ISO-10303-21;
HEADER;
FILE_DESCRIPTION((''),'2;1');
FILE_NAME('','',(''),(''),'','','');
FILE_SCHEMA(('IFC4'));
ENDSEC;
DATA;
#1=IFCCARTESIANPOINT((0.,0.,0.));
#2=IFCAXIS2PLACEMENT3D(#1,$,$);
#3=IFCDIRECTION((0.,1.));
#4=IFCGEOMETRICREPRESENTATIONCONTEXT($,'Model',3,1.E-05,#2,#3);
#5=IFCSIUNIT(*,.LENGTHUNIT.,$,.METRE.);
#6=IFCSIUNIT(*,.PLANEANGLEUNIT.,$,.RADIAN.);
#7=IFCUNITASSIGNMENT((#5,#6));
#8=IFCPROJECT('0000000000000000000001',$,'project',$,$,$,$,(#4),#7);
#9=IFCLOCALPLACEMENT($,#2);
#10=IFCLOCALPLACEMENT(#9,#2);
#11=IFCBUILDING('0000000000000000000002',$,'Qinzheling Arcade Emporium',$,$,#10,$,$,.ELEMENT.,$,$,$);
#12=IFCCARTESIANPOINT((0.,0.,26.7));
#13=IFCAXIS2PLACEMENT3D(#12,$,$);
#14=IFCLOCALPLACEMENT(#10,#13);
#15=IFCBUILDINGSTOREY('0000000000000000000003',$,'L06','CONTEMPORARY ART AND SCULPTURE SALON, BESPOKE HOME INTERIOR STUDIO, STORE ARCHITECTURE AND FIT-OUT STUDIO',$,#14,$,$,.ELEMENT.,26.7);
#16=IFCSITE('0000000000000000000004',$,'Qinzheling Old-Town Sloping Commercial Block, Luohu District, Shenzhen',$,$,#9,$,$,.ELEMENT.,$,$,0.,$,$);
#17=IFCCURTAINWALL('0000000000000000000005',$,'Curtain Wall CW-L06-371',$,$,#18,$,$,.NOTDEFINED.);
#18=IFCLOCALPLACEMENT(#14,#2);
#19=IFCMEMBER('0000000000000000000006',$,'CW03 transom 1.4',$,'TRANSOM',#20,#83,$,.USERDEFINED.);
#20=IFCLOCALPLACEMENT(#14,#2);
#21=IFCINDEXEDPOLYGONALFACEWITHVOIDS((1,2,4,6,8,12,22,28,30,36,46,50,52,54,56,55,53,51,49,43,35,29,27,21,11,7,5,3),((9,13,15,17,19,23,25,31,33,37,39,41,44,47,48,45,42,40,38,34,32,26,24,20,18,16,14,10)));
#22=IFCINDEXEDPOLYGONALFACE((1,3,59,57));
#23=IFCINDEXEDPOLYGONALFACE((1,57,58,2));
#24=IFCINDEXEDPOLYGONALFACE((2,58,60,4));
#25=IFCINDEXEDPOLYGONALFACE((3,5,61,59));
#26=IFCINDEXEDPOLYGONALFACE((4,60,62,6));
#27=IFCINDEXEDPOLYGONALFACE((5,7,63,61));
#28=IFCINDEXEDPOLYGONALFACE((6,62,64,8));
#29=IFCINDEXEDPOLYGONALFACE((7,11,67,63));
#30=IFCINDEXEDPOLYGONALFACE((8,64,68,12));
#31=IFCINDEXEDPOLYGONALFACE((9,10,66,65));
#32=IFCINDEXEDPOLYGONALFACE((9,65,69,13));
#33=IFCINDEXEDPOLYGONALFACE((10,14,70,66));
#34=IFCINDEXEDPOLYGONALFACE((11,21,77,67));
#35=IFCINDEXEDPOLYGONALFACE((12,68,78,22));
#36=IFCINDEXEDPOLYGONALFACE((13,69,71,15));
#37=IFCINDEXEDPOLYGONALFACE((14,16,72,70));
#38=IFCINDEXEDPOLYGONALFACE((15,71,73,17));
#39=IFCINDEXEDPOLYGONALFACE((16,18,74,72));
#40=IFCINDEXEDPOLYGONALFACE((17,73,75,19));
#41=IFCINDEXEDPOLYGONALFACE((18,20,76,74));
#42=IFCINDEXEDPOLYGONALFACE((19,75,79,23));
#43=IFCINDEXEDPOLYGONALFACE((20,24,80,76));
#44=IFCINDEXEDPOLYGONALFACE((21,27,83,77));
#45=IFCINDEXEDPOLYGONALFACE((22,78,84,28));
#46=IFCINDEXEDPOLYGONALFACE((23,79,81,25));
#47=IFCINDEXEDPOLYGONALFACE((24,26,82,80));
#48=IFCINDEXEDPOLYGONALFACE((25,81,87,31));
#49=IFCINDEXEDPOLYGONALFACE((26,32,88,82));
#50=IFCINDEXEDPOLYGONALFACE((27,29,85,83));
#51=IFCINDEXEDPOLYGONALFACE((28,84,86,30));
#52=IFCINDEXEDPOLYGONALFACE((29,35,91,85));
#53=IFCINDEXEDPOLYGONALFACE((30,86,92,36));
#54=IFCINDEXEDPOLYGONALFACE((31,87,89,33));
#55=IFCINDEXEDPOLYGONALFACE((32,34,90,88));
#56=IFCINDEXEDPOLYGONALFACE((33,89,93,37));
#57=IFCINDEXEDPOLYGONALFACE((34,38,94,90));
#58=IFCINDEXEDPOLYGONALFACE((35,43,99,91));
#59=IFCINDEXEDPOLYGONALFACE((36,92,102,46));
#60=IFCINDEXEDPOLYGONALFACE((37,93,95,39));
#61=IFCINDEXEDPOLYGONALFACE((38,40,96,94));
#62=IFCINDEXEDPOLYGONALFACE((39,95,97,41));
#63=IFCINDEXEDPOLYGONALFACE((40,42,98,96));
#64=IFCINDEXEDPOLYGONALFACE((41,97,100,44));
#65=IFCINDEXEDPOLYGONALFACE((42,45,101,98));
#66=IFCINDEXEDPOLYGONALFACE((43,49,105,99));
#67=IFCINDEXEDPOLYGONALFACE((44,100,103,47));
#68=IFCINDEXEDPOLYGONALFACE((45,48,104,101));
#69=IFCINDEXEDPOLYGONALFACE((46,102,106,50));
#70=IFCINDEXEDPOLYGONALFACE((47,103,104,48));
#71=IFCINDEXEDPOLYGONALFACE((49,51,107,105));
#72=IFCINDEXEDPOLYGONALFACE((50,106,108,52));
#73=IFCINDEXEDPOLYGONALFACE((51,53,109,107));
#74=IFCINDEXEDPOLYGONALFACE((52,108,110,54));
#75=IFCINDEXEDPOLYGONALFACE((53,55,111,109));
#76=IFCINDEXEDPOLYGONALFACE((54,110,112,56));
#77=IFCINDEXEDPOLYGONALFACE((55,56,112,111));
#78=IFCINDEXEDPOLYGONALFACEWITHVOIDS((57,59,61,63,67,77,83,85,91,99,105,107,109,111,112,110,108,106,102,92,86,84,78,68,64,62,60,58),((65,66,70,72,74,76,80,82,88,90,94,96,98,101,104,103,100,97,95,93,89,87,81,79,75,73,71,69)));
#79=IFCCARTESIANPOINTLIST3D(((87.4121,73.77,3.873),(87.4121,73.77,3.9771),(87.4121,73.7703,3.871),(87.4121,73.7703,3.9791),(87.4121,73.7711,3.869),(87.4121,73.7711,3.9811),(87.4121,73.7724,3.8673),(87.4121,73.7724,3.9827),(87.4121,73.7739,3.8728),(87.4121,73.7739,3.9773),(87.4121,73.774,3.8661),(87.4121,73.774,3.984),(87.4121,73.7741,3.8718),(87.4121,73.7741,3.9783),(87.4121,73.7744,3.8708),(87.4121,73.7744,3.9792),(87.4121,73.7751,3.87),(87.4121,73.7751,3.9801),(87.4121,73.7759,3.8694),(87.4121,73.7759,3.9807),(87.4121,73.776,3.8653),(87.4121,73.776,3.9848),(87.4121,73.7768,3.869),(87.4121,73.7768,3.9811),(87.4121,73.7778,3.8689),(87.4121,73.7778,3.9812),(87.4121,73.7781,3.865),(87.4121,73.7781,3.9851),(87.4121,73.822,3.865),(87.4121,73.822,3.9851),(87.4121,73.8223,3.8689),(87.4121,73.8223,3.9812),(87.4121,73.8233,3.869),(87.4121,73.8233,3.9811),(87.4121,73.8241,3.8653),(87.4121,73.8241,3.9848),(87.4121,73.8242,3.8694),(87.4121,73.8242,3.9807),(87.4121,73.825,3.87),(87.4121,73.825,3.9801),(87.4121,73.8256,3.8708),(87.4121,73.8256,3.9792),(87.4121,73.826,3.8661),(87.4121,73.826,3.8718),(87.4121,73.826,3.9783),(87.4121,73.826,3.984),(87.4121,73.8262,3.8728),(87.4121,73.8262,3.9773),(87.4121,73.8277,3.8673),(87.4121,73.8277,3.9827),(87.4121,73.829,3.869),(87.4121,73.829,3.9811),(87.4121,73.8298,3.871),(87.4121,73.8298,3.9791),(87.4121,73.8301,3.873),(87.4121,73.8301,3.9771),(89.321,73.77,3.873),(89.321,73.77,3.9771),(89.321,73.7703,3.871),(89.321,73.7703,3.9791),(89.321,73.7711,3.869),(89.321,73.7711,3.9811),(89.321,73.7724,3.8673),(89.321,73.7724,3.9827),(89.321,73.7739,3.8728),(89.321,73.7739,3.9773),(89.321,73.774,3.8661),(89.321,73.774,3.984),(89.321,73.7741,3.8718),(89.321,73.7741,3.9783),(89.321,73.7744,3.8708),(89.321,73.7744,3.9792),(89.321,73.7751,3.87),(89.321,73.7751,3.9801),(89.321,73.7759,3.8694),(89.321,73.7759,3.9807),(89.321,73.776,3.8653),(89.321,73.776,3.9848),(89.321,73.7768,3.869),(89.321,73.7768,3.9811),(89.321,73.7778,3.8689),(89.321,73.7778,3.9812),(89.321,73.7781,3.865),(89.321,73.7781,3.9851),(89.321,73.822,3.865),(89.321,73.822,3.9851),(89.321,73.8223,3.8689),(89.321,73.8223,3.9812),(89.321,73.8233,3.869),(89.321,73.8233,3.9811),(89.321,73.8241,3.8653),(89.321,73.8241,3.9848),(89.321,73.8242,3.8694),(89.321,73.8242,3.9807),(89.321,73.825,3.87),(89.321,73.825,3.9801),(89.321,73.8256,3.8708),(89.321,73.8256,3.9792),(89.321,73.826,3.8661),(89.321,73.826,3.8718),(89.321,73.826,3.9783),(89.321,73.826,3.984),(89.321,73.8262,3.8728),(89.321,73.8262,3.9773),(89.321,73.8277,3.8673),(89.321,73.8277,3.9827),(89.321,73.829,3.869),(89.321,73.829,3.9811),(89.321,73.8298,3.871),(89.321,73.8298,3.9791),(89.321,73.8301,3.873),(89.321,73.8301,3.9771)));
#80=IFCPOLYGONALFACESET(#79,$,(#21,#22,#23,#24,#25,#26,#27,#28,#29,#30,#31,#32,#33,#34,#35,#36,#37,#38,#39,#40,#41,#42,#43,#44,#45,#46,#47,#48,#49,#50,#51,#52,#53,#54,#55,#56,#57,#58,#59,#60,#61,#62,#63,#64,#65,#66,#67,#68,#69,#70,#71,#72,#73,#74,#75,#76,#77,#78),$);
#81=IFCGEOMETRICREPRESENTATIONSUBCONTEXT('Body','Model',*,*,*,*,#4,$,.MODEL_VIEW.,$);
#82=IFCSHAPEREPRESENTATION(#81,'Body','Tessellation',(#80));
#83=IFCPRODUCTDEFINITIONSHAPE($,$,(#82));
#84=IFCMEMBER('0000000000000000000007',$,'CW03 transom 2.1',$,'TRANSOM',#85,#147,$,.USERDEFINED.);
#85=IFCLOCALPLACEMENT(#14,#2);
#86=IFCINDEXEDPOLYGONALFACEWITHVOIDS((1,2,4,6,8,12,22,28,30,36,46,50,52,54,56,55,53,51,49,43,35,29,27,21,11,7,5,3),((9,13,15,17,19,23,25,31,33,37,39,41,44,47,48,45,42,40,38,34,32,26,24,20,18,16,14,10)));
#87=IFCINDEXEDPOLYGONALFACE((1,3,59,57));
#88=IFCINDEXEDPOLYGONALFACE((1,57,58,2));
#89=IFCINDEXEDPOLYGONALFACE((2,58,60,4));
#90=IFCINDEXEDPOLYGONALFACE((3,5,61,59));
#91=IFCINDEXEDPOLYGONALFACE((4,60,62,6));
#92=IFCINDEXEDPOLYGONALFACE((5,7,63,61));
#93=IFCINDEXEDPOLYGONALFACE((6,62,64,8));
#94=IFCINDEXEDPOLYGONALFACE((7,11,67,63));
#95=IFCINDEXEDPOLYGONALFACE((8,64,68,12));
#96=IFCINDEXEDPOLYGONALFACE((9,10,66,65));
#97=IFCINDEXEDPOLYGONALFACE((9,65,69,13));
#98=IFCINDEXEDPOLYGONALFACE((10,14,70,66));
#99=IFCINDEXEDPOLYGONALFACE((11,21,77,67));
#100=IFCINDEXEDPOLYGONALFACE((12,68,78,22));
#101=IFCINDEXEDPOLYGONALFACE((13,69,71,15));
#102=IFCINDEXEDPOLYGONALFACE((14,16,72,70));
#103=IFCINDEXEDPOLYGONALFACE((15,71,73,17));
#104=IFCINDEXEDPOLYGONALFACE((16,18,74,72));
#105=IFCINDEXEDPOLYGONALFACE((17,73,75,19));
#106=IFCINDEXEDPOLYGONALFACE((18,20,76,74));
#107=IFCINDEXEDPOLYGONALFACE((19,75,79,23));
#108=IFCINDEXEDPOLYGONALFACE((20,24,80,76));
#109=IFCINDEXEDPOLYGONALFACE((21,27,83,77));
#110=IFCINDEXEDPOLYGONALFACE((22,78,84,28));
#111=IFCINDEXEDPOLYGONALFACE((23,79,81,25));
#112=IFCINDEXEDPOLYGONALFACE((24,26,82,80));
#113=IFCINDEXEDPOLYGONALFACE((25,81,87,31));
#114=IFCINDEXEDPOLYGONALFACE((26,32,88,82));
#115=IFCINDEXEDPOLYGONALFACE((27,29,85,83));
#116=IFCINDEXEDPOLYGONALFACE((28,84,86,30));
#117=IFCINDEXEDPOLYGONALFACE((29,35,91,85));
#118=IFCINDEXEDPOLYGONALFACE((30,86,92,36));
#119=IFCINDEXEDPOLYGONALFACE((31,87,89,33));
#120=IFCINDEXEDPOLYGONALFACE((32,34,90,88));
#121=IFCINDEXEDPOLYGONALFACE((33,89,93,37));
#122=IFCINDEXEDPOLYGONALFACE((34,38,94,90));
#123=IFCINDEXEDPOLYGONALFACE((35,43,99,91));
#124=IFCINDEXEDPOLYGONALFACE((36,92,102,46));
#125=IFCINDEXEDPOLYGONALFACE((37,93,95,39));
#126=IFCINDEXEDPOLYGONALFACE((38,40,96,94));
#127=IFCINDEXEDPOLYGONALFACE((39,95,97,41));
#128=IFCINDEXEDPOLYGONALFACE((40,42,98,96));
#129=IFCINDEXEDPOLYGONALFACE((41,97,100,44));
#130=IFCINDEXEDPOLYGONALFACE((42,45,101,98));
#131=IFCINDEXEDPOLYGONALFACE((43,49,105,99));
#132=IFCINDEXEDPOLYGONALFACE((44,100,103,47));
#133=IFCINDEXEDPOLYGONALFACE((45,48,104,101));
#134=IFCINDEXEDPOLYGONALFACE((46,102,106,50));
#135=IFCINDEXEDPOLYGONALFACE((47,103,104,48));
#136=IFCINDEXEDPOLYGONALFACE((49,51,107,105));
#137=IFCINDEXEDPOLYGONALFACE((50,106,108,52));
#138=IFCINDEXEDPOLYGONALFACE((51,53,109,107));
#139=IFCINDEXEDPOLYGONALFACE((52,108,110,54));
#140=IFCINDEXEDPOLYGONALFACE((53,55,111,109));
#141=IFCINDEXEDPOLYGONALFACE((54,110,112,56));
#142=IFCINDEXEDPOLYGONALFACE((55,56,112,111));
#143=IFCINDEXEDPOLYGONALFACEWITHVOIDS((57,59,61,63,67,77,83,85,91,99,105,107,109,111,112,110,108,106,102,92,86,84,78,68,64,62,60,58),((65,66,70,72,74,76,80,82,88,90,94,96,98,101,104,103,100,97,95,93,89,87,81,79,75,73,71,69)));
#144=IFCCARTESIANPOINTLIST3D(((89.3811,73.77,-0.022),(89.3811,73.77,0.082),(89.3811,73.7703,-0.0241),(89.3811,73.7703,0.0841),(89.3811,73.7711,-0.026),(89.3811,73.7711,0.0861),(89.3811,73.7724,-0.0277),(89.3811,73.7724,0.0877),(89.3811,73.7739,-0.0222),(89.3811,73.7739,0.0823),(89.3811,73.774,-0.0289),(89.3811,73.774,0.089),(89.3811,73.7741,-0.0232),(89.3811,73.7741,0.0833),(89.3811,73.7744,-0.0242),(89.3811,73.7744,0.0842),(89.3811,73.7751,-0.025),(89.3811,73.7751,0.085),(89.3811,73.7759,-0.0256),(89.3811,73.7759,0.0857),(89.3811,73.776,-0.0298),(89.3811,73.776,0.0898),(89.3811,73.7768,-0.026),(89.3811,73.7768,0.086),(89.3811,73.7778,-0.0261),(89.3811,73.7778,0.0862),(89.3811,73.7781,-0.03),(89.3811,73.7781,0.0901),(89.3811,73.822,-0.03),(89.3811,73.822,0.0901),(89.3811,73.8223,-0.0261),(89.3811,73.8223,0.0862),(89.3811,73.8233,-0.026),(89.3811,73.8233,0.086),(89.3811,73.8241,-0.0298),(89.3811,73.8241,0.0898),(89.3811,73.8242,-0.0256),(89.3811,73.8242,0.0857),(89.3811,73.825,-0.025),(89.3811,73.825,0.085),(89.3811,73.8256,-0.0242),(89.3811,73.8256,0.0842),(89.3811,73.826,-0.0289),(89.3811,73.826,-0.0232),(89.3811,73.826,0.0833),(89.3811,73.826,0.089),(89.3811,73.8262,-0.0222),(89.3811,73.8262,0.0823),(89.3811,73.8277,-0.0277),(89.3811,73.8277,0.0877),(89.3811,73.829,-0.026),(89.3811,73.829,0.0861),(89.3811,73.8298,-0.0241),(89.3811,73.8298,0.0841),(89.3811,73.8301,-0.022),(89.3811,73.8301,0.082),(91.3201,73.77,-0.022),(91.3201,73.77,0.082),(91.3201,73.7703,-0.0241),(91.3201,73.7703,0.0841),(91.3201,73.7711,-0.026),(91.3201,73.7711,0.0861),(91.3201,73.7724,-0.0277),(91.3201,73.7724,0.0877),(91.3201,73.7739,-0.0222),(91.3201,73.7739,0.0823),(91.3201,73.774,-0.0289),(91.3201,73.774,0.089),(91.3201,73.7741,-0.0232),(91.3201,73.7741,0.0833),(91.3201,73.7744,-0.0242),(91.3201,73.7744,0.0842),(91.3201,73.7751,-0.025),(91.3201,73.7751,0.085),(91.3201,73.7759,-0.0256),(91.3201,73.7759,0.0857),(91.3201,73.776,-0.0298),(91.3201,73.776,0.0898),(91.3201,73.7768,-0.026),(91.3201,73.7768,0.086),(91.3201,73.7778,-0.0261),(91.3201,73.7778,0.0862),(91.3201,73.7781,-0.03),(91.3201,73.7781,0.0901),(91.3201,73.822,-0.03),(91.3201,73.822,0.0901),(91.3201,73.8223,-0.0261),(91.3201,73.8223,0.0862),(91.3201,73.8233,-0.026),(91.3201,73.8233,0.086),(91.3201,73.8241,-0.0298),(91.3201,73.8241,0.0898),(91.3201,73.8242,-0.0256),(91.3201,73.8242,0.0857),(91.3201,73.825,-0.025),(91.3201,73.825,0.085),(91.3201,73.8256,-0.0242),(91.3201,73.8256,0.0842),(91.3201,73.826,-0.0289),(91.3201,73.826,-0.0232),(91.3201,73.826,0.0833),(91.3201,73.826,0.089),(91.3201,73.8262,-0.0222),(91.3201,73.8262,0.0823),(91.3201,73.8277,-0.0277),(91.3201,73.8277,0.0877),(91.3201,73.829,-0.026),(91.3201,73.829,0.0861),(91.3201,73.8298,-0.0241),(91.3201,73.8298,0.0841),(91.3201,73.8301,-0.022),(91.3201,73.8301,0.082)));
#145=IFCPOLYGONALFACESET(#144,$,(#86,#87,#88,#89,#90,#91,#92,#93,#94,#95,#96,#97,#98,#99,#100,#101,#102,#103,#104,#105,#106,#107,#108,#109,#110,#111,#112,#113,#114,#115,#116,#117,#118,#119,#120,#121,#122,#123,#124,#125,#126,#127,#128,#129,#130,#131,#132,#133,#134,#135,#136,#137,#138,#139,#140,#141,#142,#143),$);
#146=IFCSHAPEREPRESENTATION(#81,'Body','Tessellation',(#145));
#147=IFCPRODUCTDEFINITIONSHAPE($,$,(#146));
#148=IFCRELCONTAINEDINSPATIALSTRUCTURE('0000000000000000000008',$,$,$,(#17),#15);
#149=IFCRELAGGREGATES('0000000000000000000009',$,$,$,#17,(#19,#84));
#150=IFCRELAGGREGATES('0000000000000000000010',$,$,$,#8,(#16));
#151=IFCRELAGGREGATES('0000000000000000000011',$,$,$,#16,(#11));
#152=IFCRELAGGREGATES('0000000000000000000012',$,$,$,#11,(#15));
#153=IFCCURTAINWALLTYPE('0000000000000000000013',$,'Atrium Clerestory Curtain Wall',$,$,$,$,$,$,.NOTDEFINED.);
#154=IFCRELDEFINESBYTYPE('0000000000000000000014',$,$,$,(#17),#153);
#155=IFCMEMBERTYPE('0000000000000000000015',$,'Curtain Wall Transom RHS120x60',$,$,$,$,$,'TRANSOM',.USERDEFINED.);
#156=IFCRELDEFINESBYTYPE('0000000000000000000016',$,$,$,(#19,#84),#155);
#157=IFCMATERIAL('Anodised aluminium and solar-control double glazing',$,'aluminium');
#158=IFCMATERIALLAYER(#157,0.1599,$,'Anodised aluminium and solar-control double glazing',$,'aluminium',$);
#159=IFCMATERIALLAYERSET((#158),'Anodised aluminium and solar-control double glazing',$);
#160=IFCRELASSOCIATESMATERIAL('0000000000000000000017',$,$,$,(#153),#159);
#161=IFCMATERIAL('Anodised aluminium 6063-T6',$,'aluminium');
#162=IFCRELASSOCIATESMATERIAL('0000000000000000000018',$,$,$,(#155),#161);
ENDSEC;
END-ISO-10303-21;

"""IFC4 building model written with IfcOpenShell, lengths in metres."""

from ifc_helpers import new_model, si_unit, direction, frame, origin, origin_2d, place, context, subcontext, project, spatial, hollow_rectangle, extrude, material, layer, layer_set, material_profile, profile_set, type_object, element, aggregate, save


model = new_model("IFC4")

# Units and contexts
model_context = context("Model", 3, precision=1e-05, world=origin(), true_north=direction((0.0, 1.0)))
body_context = subcontext(model_context, "Body", "Model", "MODEL_VIEW")
ifc_project = project(units=[si_unit("LENGTHUNIT", "METRE"), si_unit("PLANEANGLEUNIT", "RADIAN")], contexts=[model_context])

# Site, building, storey
site_placement = place(None, origin())
site = spatial("IfcSite", under=ifc_project, at=site_placement, Name="Qinzheling Old-Town Sloping Commercial Block, Luohu District, Shenzhen", CompositionType="ELEMENT", RefElevation=0.0)
building_placement = place(site_placement, origin())
building = spatial("IfcBuilding", under=site, at=building_placement, Name="Qinzheling Arcade Emporium", CompositionType="ELEMENT")
storey_placement = place(building_placement, frame((0.0, 0.0, 26.7)))
storey = spatial("IfcBuildingStorey", under=building, at=storey_placement, Name="L06", Description="CONTEMPORARY ART AND SCULPTURE SALON, BESPOKE HOME INTERIOR STUDIO, STORE ARCHITECTURE AND FIT-OUT STUDIO", CompositionType="ELEMENT", Elevation=26.7)

# Shared definitions
ifc_material_1 = material(Name="Anodised aluminium and solar-control double glazing", Category="aluminium")
ifc_layer_1 = layer(ifc_material_1, 0.1599, Name="Anodised aluminium and solar-control double glazing", Category="aluminium")
ifc_layer_set_1 = layer_set([ifc_layer_1], Name="Anodised aluminium and solar-control double glazing")
curtain_wall_type = type_object("IfcCurtainWallType", Name="Atrium Clerestory Curtain Wall", PredefinedType="NOTDEFINED", material=ifc_layer_set_1)
ifc_material_2 = material(Name="Anodised aluminium 6063-T6", Category="aluminium")

# Curtain wall
curtain_wall_1_placement = place(storey_placement, origin())
curtain_wall_1 = element("IfcCurtainWall", 1, at=curtain_wall_1_placement, inside=storey, type_object=curtain_wall_type, Name="Curtain Wall CW-L06-371", PredefinedType="NOTDEFINED")

# Members
ifc_material_profile_1 = material_profile(ifc_material_2, hollow_rectangle(XDim=0.0601, YDim=0.1201, WallThickness=0.0039, InnerFilletRadius=0.0039, OuterFilletRadius=0.0081, at=origin_2d()), Name="RHS 120x60x4", Category="aluminium")
ifc_profile_set_1 = profile_set([ifc_material_profile_1], Name="Anodised aluminium 6063-T6")
member_type_1 = type_object("IfcMemberType", Name="Curtain Wall Transom RHS120x60", ElementType="TRANSOM", PredefinedType="USERDEFINED", material=ifc_profile_set_1)
member_1_placement = place(storey_placement, frame((87.4121, 73.8, 3.925), z_axis=(1.0, 0.0, 0.0), x_axis=(0.0, 1.0, 0.0)))
member_1 = element("IfcMember", 2, at=member_1_placement, type_object=member_type_1, Name="CW03 transom 1.4", ObjectType="TRANSOM", PredefinedType="USERDEFINED", context=body_context, shape_type="SweptSolid", body=[
    extrude(hollow_rectangle(XDim=0.0601, YDim=0.1201, WallThickness=0.0039, InnerFilletRadius=0.0039, OuterFilletRadius=0.0081, at=origin_2d()), origin(), (0.0, 0.0, 1.0), 1.9089),
])
member_2_placement = place(storey_placement, frame((89.3811, 73.8, 0.03), z_axis=(1.0, 0.0, 0.0), x_axis=(0.0, 1.0, 0.0)))
member_2 = element("IfcMember", 3, at=member_2_placement, type_object=member_type_1, Name="CW03 transom 2.1", ObjectType="TRANSOM", PredefinedType="USERDEFINED", context=body_context, shape_type="SweptSolid", body=[
    extrude(hollow_rectangle(XDim=0.0601, YDim=0.1201, WallThickness=0.0039, InnerFilletRadius=0.0039, OuterFilletRadius=0.0081, at=origin_2d()), origin(), (0.0, 0.0, 1.0), 1.939),
])

aggregate(curtain_wall_1, [member_1, member_2])

save(model, "model.ifc")
